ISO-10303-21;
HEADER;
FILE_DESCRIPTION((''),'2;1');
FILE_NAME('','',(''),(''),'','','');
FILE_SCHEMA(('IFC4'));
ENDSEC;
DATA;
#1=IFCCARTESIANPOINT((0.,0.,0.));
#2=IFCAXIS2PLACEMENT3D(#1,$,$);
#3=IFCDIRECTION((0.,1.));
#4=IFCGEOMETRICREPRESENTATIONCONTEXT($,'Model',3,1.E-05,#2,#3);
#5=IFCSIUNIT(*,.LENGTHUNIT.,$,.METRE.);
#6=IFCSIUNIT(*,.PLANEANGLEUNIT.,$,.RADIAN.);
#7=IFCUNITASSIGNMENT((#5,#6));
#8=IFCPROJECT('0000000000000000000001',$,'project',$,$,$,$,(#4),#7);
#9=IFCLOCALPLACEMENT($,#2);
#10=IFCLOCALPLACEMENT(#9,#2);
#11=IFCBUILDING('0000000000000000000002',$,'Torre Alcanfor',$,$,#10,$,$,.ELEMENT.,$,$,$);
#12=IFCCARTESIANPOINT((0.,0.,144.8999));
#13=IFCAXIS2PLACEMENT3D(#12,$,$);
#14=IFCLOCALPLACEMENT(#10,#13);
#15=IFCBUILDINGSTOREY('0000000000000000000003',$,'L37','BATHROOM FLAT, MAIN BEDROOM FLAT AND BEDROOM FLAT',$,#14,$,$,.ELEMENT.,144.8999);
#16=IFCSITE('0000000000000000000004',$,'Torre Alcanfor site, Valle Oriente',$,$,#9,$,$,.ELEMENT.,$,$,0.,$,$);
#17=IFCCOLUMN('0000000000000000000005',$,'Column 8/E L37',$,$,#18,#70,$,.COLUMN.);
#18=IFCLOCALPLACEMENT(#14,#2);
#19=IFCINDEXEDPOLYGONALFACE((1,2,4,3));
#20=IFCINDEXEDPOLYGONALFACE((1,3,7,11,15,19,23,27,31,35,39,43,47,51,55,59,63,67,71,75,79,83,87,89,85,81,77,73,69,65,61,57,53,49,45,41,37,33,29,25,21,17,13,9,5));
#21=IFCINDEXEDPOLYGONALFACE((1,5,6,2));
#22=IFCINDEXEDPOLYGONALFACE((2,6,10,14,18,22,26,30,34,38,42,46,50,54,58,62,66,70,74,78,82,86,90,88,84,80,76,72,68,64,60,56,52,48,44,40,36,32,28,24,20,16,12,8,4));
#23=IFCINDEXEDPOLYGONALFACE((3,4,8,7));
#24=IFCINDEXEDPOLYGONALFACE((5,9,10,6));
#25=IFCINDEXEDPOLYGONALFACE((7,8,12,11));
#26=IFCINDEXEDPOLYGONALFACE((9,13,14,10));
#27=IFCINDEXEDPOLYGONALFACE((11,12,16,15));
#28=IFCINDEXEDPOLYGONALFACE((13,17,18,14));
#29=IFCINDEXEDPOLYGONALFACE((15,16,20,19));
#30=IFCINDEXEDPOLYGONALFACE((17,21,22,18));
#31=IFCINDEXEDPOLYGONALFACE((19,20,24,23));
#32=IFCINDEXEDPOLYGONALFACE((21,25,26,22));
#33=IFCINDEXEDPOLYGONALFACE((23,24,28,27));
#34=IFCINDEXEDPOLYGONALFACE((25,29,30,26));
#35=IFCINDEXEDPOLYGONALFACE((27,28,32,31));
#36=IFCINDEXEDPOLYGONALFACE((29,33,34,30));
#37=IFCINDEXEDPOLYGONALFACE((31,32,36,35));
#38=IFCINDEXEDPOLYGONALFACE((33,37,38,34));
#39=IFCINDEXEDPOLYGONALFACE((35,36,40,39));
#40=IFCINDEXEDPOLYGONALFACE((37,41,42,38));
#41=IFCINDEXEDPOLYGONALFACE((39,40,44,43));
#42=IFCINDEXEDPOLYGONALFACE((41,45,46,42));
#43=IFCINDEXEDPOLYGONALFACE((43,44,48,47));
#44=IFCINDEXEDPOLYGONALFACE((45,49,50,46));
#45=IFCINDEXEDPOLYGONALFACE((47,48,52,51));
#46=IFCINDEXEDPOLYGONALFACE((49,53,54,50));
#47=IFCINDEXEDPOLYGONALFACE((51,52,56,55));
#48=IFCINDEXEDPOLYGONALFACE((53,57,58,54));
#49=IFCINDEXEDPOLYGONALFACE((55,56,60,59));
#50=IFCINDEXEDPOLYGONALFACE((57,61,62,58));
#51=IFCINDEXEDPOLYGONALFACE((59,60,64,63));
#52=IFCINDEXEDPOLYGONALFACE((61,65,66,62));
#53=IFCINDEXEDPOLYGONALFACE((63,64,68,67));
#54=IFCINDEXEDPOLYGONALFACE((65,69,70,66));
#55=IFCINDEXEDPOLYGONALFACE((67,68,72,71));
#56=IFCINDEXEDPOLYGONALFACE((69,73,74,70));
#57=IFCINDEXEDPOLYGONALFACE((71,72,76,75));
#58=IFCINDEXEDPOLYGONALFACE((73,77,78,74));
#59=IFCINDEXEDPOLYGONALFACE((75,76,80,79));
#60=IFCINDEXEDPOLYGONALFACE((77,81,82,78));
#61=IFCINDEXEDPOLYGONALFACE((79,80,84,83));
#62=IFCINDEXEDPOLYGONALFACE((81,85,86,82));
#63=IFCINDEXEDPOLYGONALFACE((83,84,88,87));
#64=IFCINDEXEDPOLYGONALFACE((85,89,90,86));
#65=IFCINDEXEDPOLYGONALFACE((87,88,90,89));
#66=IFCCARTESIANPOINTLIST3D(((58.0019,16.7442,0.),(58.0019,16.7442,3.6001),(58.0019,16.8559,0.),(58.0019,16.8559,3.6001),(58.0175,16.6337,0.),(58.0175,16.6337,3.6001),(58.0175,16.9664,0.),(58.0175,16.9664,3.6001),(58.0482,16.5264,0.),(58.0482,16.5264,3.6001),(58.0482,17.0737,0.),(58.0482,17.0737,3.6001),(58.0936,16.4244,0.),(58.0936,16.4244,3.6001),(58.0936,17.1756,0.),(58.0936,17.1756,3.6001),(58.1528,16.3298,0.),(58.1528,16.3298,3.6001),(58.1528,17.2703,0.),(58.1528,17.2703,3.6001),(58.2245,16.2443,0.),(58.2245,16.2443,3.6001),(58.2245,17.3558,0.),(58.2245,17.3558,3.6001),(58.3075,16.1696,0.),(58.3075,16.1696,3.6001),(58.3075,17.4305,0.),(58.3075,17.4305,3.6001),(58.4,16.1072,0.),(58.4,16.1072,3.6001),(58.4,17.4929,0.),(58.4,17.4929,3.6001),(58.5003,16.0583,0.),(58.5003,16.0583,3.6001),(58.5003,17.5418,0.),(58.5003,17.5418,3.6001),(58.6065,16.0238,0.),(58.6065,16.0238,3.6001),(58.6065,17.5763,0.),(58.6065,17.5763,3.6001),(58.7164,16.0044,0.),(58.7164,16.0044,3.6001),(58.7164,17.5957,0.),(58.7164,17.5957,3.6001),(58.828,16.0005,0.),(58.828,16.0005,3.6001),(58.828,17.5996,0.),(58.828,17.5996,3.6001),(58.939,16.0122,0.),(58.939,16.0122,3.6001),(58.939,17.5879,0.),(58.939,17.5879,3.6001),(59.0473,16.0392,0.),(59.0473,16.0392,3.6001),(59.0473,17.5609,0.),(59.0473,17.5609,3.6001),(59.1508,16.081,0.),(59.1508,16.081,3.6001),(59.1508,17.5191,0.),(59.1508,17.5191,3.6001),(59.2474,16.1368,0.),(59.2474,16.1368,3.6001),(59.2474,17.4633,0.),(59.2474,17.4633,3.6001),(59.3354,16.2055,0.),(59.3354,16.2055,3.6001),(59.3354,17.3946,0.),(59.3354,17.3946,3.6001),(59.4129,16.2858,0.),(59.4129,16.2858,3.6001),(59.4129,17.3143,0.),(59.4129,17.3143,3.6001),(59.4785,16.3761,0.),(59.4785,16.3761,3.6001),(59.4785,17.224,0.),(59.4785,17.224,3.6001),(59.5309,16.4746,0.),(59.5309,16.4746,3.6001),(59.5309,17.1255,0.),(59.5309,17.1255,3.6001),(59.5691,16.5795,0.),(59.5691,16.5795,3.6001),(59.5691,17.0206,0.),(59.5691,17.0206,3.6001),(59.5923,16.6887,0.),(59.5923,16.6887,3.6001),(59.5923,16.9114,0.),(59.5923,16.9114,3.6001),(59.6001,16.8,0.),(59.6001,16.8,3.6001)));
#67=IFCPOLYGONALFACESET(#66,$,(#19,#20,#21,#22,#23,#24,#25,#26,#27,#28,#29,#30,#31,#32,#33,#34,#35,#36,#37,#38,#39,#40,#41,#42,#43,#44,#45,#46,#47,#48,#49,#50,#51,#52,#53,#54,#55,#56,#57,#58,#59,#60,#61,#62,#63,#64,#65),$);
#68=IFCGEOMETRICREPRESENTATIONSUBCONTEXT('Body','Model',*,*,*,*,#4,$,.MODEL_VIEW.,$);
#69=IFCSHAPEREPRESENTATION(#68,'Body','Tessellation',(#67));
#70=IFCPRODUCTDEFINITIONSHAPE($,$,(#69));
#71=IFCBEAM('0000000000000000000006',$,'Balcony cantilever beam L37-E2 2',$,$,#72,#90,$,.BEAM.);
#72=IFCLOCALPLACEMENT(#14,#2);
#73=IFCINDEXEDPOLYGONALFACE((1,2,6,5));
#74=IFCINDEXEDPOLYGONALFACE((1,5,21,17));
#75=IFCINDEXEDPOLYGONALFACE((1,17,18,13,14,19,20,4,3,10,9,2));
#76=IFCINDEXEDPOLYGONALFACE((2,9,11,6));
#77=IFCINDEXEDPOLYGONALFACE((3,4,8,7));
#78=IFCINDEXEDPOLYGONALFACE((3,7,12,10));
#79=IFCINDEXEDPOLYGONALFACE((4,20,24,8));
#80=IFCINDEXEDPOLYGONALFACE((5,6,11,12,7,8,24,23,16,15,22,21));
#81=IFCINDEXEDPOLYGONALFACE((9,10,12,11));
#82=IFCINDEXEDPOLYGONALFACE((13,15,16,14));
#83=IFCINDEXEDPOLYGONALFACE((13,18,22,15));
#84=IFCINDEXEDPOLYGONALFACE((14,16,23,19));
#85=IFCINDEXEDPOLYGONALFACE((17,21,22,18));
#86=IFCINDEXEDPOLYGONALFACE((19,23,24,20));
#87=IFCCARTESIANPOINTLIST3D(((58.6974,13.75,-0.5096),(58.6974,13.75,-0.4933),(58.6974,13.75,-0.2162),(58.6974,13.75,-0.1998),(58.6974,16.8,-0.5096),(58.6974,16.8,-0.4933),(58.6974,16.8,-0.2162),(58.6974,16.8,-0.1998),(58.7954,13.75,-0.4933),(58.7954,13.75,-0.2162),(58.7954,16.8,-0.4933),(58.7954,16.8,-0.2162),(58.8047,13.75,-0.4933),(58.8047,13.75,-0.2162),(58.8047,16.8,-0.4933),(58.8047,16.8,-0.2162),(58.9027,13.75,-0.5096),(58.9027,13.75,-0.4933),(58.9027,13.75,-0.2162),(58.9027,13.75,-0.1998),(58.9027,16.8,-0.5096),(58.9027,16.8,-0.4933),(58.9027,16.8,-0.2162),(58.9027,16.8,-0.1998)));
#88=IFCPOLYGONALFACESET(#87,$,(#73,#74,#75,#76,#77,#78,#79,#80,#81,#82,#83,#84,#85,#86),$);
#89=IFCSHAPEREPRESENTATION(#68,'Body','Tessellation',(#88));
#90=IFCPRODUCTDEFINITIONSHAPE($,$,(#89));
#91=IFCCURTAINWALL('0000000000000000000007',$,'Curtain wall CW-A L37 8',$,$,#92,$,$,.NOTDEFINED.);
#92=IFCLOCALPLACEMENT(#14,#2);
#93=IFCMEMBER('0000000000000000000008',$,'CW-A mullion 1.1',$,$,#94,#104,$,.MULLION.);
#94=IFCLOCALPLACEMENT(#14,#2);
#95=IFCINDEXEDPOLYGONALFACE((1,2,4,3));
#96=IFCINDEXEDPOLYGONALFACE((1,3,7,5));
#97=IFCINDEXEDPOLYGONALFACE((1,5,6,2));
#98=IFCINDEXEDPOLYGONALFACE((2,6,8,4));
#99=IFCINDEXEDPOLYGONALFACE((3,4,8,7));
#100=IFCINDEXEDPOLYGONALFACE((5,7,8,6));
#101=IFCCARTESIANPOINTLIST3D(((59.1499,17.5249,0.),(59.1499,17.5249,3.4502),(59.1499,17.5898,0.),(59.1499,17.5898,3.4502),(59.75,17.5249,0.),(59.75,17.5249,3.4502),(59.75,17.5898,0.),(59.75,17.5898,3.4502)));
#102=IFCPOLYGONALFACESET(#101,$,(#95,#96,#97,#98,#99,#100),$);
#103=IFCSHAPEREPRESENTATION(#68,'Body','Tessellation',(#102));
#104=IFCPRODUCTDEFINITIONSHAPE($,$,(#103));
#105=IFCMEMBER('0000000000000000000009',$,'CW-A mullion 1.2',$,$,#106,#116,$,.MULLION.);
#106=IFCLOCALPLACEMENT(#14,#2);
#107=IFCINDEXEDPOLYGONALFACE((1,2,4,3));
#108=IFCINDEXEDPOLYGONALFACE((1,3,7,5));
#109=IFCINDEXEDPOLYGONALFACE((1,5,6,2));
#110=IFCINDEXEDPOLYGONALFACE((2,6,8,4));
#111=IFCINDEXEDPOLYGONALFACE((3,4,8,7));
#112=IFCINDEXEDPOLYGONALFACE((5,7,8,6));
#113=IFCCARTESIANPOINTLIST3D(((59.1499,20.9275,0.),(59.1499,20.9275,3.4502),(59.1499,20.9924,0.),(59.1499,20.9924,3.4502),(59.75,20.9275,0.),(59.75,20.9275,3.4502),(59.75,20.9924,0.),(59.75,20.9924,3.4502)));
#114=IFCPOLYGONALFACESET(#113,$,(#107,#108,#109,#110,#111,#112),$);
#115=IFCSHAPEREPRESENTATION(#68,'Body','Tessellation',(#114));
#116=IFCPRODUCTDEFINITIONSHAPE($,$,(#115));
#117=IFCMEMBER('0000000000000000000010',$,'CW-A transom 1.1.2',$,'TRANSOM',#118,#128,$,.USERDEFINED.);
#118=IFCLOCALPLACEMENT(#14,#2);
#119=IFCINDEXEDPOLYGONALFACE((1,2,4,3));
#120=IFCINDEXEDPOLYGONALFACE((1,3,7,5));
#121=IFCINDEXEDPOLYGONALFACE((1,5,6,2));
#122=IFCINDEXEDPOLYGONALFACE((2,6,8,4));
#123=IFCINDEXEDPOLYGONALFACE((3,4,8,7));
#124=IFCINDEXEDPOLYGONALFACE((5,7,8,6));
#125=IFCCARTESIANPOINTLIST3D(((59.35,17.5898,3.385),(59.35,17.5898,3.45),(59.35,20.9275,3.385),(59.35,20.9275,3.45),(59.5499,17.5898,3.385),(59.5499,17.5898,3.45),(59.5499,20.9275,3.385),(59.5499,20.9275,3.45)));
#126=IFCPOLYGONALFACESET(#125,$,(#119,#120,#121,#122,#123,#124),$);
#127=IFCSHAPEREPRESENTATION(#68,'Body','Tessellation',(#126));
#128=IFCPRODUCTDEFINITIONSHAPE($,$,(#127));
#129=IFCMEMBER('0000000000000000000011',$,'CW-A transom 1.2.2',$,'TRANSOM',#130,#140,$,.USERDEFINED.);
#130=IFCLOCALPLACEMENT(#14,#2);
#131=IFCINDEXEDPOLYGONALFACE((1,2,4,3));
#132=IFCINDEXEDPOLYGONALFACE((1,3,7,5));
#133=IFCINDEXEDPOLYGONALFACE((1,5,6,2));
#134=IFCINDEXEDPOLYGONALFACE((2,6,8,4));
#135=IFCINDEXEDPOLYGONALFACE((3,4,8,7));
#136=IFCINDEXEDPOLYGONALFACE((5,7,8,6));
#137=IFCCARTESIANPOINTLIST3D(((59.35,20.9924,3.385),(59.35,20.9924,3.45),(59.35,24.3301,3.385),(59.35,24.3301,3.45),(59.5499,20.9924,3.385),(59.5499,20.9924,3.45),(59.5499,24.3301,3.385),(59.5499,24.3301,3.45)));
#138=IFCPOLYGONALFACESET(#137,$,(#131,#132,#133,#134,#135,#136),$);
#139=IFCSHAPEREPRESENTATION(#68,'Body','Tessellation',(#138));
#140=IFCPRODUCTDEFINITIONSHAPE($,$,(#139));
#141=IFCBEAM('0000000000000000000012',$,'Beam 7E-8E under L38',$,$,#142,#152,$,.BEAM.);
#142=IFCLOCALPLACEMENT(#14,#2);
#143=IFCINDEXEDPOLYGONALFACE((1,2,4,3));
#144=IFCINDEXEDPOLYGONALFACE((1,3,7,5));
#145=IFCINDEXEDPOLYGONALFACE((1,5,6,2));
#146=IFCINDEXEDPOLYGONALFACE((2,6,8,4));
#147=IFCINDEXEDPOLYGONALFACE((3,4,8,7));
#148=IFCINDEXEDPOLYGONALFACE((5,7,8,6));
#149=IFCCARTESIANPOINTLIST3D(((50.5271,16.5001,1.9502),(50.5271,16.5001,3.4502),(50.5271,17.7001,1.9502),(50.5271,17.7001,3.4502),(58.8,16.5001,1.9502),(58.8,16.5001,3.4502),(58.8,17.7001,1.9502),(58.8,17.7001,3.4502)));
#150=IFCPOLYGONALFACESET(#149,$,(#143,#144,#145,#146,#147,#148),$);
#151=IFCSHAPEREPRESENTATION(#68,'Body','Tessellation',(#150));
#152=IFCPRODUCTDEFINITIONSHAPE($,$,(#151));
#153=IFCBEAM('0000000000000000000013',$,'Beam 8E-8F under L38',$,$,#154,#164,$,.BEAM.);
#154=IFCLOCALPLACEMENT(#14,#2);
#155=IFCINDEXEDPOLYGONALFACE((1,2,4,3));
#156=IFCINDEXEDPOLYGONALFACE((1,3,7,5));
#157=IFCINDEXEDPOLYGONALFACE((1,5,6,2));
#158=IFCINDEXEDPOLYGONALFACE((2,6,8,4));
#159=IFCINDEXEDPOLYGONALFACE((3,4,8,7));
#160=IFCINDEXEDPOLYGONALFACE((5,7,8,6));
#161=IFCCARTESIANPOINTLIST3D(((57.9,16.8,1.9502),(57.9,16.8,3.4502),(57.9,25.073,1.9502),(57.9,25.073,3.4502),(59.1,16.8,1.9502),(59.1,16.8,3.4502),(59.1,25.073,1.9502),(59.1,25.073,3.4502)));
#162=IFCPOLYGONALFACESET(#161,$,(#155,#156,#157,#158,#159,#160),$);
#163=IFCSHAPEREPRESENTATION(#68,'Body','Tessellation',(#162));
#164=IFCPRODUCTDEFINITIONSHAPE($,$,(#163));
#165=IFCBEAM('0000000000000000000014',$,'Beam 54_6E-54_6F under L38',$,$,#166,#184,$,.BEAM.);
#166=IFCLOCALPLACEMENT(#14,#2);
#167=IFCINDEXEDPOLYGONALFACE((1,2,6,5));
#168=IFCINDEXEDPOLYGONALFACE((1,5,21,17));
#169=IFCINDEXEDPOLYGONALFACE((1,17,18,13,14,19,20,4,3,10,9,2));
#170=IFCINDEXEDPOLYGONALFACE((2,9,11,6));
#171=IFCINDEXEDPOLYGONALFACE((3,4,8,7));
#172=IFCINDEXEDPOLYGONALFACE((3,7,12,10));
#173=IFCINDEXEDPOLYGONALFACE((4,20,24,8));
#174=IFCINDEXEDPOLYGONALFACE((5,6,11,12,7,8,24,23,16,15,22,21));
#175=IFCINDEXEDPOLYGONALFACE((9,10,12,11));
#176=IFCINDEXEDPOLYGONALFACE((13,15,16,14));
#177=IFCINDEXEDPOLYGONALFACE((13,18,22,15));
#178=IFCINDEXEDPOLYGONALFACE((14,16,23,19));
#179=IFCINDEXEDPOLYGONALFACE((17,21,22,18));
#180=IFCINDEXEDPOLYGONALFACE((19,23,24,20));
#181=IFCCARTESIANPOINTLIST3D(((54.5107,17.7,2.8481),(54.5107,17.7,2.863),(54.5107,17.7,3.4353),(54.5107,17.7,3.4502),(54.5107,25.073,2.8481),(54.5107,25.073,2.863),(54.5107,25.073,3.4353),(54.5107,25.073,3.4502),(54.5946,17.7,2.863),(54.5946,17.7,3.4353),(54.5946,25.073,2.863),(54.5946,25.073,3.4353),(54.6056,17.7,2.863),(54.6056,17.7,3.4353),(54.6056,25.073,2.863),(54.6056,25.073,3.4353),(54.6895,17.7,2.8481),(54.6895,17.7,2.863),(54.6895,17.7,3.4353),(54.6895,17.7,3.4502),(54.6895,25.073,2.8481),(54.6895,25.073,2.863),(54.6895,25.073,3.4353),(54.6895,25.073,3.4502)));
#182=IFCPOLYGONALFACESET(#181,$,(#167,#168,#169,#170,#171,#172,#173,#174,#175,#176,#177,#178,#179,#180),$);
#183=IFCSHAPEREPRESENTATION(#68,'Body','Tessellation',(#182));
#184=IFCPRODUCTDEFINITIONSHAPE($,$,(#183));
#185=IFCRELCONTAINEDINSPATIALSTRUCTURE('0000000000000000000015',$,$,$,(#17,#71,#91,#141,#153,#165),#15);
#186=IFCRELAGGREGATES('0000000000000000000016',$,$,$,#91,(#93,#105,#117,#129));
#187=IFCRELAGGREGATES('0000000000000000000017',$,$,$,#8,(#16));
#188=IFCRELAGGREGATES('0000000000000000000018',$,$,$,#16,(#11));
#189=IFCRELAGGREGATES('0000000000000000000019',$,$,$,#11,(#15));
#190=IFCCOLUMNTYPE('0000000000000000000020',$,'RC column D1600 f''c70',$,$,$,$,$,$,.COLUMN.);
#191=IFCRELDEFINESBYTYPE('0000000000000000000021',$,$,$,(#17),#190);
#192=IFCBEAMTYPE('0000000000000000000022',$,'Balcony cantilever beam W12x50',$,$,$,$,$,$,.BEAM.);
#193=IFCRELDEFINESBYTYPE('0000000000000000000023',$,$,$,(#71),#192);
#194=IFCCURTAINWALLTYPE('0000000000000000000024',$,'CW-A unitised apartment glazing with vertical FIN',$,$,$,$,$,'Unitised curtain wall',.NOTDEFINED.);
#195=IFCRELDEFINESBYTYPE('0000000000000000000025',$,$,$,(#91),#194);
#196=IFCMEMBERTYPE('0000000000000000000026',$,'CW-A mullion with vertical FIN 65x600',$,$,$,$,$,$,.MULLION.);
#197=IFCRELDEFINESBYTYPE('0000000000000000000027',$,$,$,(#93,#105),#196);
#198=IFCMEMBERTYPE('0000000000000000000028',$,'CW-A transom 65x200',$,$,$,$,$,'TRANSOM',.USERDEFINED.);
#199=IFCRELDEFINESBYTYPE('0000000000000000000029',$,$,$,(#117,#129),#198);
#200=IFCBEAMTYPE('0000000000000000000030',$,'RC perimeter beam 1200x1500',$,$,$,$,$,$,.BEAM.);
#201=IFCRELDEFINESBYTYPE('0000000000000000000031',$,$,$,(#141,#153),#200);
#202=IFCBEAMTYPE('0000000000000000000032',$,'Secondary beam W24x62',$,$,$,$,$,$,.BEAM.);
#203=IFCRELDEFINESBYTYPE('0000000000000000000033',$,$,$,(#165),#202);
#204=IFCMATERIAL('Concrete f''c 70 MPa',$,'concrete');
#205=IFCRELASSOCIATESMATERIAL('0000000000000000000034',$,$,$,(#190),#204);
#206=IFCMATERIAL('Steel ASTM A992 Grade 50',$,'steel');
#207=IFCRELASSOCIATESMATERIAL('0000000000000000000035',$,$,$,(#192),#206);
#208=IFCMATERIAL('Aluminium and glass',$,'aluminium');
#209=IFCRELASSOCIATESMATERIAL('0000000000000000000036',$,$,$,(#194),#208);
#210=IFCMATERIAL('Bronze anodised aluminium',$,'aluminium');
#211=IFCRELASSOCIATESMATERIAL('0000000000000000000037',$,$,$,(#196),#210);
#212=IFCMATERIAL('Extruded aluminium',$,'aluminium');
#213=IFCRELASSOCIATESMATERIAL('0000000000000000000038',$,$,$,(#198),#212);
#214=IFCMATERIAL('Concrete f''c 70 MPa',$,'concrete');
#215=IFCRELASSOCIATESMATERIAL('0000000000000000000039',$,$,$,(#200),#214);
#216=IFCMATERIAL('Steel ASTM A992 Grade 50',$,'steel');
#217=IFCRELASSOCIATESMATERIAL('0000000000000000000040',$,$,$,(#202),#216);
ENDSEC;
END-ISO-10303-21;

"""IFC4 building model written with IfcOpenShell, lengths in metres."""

from ifc_helpers import new_model, si_unit, direction, frame, origin, origin_2d, place, context, subcontext, project, spatial, rectangle, circle, i_section, extrude, material, material_profile, profile_set, type_object, element, aggregate, save


model = new_model("IFC4")

# Units and contexts
model_context = context("Model", 3, precision=1e-05, world=origin(), true_north=direction((0.0, 1.0)))
body_context = subcontext(model_context, "Body", "Model", "MODEL_VIEW")
ifc_project = project(units=[si_unit("LENGTHUNIT", "METRE"), si_unit("PLANEANGLEUNIT", "RADIAN")], contexts=[model_context])

# Site, building, storey
site_placement = place(None, origin())
site = spatial("IfcSite", under=ifc_project, at=site_placement, Name="Torre Alcanfor site, Valle Oriente", CompositionType="ELEMENT", RefElevation=0.0)
building_placement = place(site_placement, origin())
building = spatial("IfcBuilding", under=site, at=building_placement, Name="Torre Alcanfor", CompositionType="ELEMENT")
storey_placement = place(building_placement, frame((0.0, 0.0, 144.8999)))
storey = spatial("IfcBuildingStorey", under=building, at=storey_placement, Name="L37", Description="BATHROOM FLAT, MAIN BEDROOM FLAT AND BEDROOM FLAT", CompositionType="ELEMENT", Elevation=144.8999)

# Column
ifc_material_1 = material(Name="Concrete f'c 70 MPa", Category="concrete")
ifc_material_profile_1 = material_profile(ifc_material_1, circle(Radius=0.8, at=origin_2d()), Name="D1600")
ifc_profile_set_1 = profile_set([ifc_material_profile_1], Name="Concrete f'c 70 MPa")
column_type = type_object("IfcColumnType", Name="RC column D1600 f'c70", PredefinedType="COLUMN", material=ifc_profile_set_1)
column_placement = place(storey_placement, frame((58.8, 16.8, 0.0), z_axis=(0.0, 0.0, 1.0), x_axis=(1.0, 0.0, 0.0)))
element("IfcColumn", 1, at=column_placement, inside=storey, type_object=column_type, Name="Column 8/E L37", PredefinedType="COLUMN", context=body_context, shape_type="SweptSolid", body=[
    extrude(circle(Radius=0.8, at=origin_2d()), origin(), (0.0, 0.0, 1.0), 3.6001),
])

# Beam
ifc_material_2 = material(Name="Steel ASTM A992 Grade 50", Category="steel")
ifc_material_profile_2 = material_profile(ifc_material_2, i_section(OverallWidth=0.2053, OverallDepth=0.3098, WebThickness=0.0093, FlangeThickness=0.0164, at=origin_2d()), Name="W12x50")
ifc_profile_set_2 = profile_set([ifc_material_profile_2], Name="Steel ASTM A992 Grade 50")
beam_type_1 = type_object("IfcBeamType", Name="Balcony cantilever beam W12x50", PredefinedType="BEAM", material=ifc_profile_set_2)
beam_1_placement = place(storey_placement, frame((58.8, 16.8, -0.3547), z_axis=(0.0, -1.0, 0.0), x_axis=(1.0, 0.0, 0.0)))
element("IfcBeam", 2, at=beam_1_placement, inside=storey, type_object=beam_type_1, Name="Balcony cantilever beam L37-E2 2", PredefinedType="BEAM", context=body_context, shape_type="SweptSolid", body=[
    extrude(i_section(OverallWidth=0.2053, OverallDepth=0.3098, WebThickness=0.0093, FlangeThickness=0.0164, at=origin_2d()), origin(), (0.0, 0.0, 1.0), 3.05),
])

# Curtain wall, members
ifc_material_3 = material(Name="Aluminium and glass", Category="aluminium")
curtain_wall_type = type_object("IfcCurtainWallType", Name="CW-A unitised apartment glazing with vertical FIN", ElementType="Unitised curtain wall", PredefinedType="NOTDEFINED", material=ifc_material_3)
curtain_wall_placement = place(storey_placement, origin())
curtain_wall = element("IfcCurtainWall", 3, at=curtain_wall_placement, inside=storey, type_object=curtain_wall_type, Name="Curtain wall CW-A L37 8", PredefinedType="NOTDEFINED")
ifc_material_4 = material(Name="Bronze anodised aluminium", Category="aluminium")
ifc_material_profile_3 = material_profile(ifc_material_4, rectangle(XDim=0.6001, YDim=0.0649, at=origin_2d()), Name="CW-A mullion 65x600")
ifc_profile_set_3 = profile_set([ifc_material_profile_3], Name="Bronze anodised aluminium")
member_type_1 = type_object("IfcMemberType", Name="CW-A mullion with vertical FIN 65x600", PredefinedType="MULLION", material=ifc_profile_set_3)
member_1_placement = place(storey_placement, frame((59.45, 17.5574, 0.0), z_axis=(0.0, 0.0, 1.0), x_axis=(-1.0, 0.0, 0.0)))
member_1 = element("IfcMember", 4, at=member_1_placement, type_object=member_type_1, Name="CW-A mullion 1.1", PredefinedType="MULLION", context=body_context, shape_type="SweptSolid", body=[
    extrude(rectangle(XDim=0.6001, YDim=0.0649, at=origin_2d()), origin(), (0.0, 0.0, 1.0), 3.4502),
])
member_2_placement = place(storey_placement, frame((59.45, 20.96, 0.0), z_axis=(0.0, 0.0, 1.0), x_axis=(-1.0, 0.0, 0.0)))
member_2 = element("IfcMember", 5, at=member_2_placement, type_object=member_type_1, Name="CW-A mullion 1.2", PredefinedType="MULLION", context=body_context, shape_type="SweptSolid", body=[
    extrude(rectangle(XDim=0.6001, YDim=0.0649, at=origin_2d()), origin(), (0.0, 0.0, 1.0), 3.4502),
])
ifc_material_5 = material(Name="Extruded aluminium", Category="aluminium")
ifc_material_profile_4 = material_profile(ifc_material_5, rectangle(XDim=0.2, YDim=0.0649, at=origin_2d()), Name="CW-A transom 200x65")
ifc_profile_set_4 = profile_set([ifc_material_profile_4], Name="Extruded aluminium")
member_type_2 = type_object("IfcMemberType", Name="CW-A transom 65x200", ElementType="TRANSOM", PredefinedType="USERDEFINED", material=ifc_profile_set_4)
member_3_placement = place(storey_placement, frame((59.45, 17.5898, 3.4175), z_axis=(0.0, 1.0, 0.0), x_axis=(-1.0, 0.0, 0.0)))
member_3 = element("IfcMember", 6, at=member_3_placement, type_object=member_type_2, Name="CW-A transom 1.1.2", ObjectType="TRANSOM", PredefinedType="USERDEFINED", context=body_context, shape_type="SweptSolid", body=[
    extrude(rectangle(XDim=0.2, YDim=0.0649, at=origin_2d()), origin(), (0.0, 0.0, 1.0), 3.3376),
])
member_4_placement = place(storey_placement, frame((59.45, 20.9924, 3.4175), z_axis=(0.0, 1.0, 0.0), x_axis=(-1.0, 0.0, 0.0)))
member_4 = element("IfcMember", 7, at=member_4_placement, type_object=member_type_2, Name="CW-A transom 1.2.2", ObjectType="TRANSOM", PredefinedType="USERDEFINED", context=body_context, shape_type="SweptSolid", body=[
    extrude(rectangle(XDim=0.2, YDim=0.0649, at=origin_2d()), origin(), (0.0, 0.0, 1.0), 3.3376),
])

# Beams
ifc_material_6 = material(Name="Concrete f'c 70 MPa", Category="concrete")
ifc_material_profile_5 = material_profile(ifc_material_6, rectangle(XDim=1.2, YDim=1.5, at=origin_2d()), Name="1200x1500")
ifc_profile_set_5 = profile_set([ifc_material_profile_5], Name="Concrete f'c 70 MPa")
beam_type_2 = type_object("IfcBeamType", Name="RC perimeter beam 1200x1500", PredefinedType="BEAM", material=ifc_profile_set_5)
for number, where, z_axis, x_axis, name in (
    (8, (50.5271, 17.1001, 2.7002), (1.0, 0.0, 0.0), (0.0, 1.0, 0.0), "Beam 7E-8E under L38"),
    (9, (58.5, 16.8, 2.7002), (0.0, 1.0, 0.0), (-1.0, 0.0, 0.0), "Beam 8E-8F under L38"),
):
    element("IfcBeam", number, at=place(storey_placement, frame(where, z_axis=z_axis, x_axis=x_axis)), inside=storey, type_object=beam_type_2, Name=name, PredefinedType="BEAM", context=body_context, shape_type="SweptSolid", body=[
        extrude(rectangle(XDim=1.2, YDim=1.5, at=origin_2d()), origin(), (0.0, 0.0, 1.0), 8.2729),
    ])
ifc_material_7 = material(Name="Steel ASTM A992 Grade 50", Category="steel")
ifc_material_profile_6 = material_profile(ifc_material_7, i_section(OverallWidth=0.1787, OverallDepth=0.6021, WebThickness=0.011, FlangeThickness=0.0149, at=origin_2d()), Name="W24x62")
ifc_profile_set_6 = profile_set([ifc_material_profile_6], Name="Steel ASTM A992 Grade 50")
beam_type_3 = type_object("IfcBeamType", Name="Secondary beam W24x62", PredefinedType="BEAM", material=ifc_profile_set_6)
beam_2_placement = place(storey_placement, frame((54.6001, 17.7, 3.1492), z_axis=(0.0, 1.0, 0.0), x_axis=(-1.0, 0.0, 0.0)))
element("IfcBeam", 10, at=beam_2_placement, inside=storey, type_object=beam_type_3, Name="Beam 54_6E-54_6F under L38", PredefinedType="BEAM", context=body_context, shape_type="SweptSolid", body=[
    extrude(i_section(OverallWidth=0.1787, OverallDepth=0.6021, WebThickness=0.011, FlangeThickness=0.0149, at=origin_2d()), origin(), (0.0, 0.0, 1.0), 7.373),
])

aggregate(curtain_wall, [member_1, member_2, member_3, member_4])

save(model, "model.ifc")
